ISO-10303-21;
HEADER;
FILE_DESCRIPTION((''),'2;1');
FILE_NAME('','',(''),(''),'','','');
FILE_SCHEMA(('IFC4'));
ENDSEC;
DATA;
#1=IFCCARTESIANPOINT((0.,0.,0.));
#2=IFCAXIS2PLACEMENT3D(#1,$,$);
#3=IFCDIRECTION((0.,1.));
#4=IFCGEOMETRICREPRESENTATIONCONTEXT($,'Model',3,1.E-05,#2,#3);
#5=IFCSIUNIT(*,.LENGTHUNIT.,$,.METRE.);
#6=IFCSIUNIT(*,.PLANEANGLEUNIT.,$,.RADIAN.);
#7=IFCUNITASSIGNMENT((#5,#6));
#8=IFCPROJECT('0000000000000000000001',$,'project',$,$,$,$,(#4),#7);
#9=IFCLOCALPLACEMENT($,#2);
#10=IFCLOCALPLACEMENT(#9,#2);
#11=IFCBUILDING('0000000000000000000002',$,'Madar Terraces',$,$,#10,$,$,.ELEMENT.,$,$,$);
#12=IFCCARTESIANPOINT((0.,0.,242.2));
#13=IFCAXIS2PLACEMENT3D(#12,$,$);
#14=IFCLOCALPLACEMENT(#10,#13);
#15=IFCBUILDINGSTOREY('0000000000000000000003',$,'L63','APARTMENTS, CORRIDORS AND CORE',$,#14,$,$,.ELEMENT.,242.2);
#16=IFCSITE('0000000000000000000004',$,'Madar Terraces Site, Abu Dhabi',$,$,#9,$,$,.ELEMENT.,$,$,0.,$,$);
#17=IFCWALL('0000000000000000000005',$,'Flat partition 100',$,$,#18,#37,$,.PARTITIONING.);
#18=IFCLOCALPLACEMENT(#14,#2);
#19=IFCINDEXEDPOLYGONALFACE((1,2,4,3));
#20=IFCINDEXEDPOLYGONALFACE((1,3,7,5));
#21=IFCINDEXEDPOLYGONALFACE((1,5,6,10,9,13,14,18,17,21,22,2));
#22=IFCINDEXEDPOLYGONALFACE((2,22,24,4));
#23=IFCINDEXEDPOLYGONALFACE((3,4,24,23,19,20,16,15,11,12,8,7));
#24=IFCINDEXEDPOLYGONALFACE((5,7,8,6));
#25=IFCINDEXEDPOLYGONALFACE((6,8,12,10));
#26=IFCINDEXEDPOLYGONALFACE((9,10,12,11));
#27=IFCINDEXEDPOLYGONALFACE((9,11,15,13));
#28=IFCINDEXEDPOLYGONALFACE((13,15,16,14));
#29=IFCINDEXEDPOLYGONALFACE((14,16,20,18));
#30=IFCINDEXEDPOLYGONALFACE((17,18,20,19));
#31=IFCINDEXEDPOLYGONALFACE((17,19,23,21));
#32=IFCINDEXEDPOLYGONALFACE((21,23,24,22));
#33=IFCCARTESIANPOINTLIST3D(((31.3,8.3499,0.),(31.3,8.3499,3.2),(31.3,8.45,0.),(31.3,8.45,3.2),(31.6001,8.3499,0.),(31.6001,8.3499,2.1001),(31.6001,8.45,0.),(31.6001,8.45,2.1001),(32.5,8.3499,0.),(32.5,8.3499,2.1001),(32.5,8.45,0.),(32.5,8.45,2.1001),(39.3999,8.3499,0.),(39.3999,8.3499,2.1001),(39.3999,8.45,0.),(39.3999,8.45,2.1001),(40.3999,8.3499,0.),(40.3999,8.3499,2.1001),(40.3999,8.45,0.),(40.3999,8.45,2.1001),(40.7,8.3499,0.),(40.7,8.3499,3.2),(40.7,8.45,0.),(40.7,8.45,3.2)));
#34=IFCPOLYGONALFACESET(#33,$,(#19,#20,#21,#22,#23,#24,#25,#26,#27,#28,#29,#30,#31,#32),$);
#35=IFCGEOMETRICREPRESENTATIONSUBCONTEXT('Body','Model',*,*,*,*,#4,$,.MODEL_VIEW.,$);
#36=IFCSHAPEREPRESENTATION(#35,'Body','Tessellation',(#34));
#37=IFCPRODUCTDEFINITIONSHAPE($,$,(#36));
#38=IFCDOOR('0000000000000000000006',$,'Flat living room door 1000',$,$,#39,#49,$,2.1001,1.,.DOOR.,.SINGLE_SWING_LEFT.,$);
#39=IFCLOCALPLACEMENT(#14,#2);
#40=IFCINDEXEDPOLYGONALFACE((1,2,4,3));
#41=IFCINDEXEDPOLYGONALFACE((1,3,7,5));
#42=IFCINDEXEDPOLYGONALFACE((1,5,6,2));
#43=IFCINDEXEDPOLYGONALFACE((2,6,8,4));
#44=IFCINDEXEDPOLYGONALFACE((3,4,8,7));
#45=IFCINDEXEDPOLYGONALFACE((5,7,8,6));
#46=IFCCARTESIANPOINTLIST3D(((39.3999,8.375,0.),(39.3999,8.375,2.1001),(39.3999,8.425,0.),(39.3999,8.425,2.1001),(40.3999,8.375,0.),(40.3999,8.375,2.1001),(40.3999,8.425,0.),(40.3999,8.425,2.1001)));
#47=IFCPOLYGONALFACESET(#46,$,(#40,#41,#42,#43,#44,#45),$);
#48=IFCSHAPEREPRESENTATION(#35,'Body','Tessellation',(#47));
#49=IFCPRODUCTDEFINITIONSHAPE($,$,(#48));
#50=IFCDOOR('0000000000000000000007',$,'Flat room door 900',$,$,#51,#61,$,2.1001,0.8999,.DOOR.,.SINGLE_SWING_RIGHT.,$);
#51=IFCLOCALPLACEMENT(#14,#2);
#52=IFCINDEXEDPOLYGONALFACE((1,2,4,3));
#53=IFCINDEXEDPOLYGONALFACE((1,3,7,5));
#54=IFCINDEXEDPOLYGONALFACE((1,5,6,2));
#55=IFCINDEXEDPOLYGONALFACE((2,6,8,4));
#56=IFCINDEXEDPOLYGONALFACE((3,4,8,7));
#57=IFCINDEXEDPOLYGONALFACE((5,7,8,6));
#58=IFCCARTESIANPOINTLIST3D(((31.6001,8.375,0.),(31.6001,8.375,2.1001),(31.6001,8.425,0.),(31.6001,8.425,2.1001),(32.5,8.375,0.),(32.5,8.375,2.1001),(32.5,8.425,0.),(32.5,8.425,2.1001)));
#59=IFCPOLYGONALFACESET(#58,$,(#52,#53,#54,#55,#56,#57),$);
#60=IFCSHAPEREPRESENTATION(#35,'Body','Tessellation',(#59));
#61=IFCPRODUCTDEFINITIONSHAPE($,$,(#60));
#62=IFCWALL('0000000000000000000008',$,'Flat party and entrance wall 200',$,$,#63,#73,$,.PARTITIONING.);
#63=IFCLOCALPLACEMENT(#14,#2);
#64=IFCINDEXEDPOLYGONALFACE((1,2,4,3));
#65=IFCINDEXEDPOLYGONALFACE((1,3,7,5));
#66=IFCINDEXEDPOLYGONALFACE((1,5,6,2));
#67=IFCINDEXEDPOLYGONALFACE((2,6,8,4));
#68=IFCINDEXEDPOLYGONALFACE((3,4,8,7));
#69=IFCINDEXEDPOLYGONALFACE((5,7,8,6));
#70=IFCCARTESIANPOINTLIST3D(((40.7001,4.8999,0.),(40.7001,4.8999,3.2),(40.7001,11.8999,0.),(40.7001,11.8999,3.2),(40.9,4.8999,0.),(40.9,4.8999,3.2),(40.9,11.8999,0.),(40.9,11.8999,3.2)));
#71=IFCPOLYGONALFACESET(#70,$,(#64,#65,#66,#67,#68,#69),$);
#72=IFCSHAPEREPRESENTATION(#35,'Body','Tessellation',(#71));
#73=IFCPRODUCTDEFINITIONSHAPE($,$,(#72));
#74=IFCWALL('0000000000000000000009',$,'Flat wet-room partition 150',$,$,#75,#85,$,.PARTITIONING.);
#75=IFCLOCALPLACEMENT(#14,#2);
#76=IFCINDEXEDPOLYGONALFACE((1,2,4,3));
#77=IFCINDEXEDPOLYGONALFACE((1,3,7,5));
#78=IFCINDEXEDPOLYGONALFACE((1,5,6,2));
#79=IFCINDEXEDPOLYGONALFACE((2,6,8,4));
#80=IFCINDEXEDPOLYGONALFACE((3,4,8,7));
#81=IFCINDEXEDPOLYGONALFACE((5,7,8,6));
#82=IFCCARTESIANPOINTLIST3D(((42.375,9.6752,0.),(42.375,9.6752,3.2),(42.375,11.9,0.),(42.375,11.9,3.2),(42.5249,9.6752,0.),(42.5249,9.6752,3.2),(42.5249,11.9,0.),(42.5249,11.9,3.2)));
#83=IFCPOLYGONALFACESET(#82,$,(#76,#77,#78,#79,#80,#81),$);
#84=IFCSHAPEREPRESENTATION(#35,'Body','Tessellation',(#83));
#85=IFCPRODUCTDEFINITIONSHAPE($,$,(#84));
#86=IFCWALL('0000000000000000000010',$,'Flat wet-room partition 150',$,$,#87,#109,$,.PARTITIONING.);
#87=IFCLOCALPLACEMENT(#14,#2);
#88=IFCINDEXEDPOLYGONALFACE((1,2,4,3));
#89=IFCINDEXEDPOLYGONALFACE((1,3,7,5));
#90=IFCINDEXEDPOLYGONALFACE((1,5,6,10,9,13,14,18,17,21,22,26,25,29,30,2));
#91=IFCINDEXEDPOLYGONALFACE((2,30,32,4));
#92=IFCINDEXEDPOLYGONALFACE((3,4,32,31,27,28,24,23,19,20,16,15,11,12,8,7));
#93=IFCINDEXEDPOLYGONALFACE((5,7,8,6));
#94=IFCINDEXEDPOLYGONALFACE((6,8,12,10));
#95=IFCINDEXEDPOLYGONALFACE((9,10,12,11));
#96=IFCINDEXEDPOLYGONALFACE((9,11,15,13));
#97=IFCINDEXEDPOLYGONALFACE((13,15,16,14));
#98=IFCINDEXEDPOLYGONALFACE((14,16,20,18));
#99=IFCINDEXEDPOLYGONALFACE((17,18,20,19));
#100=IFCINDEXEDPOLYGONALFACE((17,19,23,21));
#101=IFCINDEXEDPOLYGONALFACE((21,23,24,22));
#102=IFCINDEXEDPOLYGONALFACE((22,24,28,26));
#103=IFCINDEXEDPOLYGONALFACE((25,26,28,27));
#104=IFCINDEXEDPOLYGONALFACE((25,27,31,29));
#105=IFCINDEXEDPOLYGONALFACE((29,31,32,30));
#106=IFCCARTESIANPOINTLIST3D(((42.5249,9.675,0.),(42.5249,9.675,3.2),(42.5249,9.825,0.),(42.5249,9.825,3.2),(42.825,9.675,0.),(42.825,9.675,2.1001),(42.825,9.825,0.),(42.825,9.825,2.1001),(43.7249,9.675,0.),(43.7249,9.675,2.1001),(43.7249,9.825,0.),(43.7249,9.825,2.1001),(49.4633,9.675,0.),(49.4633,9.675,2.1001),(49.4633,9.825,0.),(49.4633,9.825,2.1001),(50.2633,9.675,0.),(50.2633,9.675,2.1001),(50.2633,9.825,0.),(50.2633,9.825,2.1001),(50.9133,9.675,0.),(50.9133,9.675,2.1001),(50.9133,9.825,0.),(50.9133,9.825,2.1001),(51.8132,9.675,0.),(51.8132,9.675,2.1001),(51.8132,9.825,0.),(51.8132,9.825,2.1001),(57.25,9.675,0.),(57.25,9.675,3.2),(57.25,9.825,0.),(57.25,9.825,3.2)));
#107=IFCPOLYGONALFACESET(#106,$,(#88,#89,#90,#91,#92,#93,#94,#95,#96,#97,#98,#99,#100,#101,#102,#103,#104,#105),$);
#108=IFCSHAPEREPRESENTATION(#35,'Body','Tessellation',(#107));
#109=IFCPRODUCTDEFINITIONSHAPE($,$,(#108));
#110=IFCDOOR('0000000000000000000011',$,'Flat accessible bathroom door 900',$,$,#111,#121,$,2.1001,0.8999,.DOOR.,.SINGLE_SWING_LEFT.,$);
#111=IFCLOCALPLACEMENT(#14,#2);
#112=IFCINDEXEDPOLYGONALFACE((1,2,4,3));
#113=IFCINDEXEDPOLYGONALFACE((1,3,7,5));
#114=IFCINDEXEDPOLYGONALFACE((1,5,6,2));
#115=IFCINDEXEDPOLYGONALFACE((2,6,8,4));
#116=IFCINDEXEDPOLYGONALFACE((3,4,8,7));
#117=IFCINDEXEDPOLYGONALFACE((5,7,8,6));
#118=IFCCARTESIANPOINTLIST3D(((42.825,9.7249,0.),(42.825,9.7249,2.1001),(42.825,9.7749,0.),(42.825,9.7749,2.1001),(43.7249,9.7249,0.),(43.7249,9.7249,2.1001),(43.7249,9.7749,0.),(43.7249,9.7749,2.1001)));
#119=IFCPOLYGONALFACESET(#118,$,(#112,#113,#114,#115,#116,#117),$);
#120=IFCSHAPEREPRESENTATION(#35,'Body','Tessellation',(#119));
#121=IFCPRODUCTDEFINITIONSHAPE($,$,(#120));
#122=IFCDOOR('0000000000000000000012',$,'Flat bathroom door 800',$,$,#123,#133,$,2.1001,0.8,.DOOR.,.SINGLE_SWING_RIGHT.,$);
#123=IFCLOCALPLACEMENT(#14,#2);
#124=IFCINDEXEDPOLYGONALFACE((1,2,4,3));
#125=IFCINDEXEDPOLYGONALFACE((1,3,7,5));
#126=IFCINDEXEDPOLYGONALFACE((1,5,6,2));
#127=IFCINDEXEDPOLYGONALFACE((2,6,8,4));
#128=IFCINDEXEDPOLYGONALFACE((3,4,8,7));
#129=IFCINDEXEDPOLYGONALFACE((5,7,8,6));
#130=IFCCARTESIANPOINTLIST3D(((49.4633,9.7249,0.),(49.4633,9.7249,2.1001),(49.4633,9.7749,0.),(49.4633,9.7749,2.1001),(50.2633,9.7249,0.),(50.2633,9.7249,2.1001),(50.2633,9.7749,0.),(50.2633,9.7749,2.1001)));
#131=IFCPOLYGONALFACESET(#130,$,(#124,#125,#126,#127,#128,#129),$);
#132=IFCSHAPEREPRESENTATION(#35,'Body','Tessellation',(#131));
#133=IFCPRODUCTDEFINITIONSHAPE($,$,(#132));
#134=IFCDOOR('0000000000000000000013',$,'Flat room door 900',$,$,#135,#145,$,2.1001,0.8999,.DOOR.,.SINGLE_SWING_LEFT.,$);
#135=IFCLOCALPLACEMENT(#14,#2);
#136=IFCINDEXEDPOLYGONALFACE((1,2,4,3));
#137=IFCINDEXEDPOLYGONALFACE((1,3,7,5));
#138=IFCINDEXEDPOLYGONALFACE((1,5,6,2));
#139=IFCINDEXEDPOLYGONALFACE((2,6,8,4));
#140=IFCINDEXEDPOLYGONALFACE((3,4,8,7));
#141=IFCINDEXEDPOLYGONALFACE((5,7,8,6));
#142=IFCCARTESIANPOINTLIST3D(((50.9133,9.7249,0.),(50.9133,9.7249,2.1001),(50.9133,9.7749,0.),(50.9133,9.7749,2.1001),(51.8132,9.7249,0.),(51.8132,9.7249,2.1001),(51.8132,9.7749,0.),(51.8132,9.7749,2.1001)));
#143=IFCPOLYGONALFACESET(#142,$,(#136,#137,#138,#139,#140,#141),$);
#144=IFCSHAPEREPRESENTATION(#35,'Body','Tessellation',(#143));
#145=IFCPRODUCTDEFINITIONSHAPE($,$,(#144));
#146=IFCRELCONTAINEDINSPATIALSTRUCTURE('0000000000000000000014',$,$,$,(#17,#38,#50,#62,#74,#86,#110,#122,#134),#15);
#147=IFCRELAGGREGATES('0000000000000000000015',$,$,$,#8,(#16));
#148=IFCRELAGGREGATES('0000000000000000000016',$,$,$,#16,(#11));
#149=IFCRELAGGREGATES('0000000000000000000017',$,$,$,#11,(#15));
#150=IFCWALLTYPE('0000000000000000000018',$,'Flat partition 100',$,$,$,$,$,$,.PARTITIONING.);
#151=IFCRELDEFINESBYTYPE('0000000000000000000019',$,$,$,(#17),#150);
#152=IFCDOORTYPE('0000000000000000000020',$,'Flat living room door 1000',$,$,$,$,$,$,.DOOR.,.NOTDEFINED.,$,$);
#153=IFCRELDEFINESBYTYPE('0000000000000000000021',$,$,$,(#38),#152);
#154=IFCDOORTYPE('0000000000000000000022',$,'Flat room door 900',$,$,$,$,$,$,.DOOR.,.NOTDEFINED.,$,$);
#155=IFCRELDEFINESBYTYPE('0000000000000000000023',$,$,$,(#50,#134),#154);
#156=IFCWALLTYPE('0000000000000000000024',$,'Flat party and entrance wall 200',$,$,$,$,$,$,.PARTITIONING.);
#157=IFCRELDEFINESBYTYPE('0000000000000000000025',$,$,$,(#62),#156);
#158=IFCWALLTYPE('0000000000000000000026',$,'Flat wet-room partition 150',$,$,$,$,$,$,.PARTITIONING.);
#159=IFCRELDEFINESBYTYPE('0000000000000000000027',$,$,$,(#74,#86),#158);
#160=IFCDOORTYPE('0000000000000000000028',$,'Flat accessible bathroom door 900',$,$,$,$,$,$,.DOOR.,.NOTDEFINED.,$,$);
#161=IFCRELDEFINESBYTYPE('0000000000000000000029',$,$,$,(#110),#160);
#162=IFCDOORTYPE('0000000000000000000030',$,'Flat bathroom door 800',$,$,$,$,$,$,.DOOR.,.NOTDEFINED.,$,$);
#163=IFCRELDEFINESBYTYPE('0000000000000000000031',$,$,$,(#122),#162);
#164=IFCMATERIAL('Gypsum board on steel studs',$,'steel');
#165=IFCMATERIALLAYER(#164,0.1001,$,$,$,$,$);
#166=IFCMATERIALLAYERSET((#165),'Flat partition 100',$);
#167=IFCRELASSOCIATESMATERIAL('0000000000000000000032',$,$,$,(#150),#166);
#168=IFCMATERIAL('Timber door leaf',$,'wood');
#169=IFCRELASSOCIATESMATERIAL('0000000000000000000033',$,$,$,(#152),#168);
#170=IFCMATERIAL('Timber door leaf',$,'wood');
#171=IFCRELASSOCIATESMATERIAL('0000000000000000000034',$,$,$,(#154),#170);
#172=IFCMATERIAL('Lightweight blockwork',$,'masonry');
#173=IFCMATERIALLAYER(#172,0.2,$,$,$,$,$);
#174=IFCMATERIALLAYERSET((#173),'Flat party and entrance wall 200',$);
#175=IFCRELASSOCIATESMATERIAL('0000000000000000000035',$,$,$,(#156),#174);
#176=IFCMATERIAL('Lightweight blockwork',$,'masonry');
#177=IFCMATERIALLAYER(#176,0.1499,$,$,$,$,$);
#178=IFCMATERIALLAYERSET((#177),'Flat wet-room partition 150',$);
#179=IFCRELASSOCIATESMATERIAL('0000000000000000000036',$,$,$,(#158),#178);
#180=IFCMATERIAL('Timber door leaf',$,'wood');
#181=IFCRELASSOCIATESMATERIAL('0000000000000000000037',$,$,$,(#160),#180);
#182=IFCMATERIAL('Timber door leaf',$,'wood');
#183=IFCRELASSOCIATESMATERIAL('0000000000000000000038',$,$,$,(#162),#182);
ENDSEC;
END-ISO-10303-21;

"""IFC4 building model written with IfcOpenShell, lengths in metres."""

from ifc_helpers import new_model, si_unit, direction, frame, frame_2d, origin, place, context, subcontext, project, spatial, rectangle, extrude, material, layer, layer_set, type_object, element, fill, save


model = new_model("IFC4")

# Units and contexts
model_context = context("Model", 3, precision=1e-05, world=origin(), true_north=direction((0.0, 1.0)))
body_context = subcontext(model_context, "Body", "Model", "MODEL_VIEW")
ifc_project = project(units=[si_unit("LENGTHUNIT", "METRE"), si_unit("PLANEANGLEUNIT", "RADIAN")], contexts=[model_context])

# Site, building, storey
site_placement = place(None, origin())
site = spatial("IfcSite", under=ifc_project, at=site_placement, Name="Madar Terraces Site, Abu Dhabi", CompositionType="ELEMENT", RefElevation=0.0)
building_placement = place(site_placement, origin())
building = spatial("IfcBuilding", under=site, at=building_placement, Name="Madar Terraces", CompositionType="ELEMENT")
storey_placement = place(building_placement, frame((0.0, 0.0, 242.2)))
storey = spatial("IfcBuildingStorey", under=building, at=storey_placement, Name="L63", Description="APARTMENTS, CORRIDORS AND CORE", CompositionType="ELEMENT", Elevation=242.2)

# Wall, openings, doors
ifc_material_1 = material(Name="Gypsum board on steel studs", Category="steel")
ifc_layer_1 = layer(ifc_material_1, 0.1001)
ifc_layer_set_1 = layer_set([ifc_layer_1], Name="Flat partition 100")
wall_type_1 = type_object("IfcWallType", Name="Flat partition 100", PredefinedType="PARTITIONING", material=ifc_layer_set_1)
wall_1_placement = place(storey_placement, frame((40.7, 8.3999, 0.0), z_axis=(0.0, 0.0, 1.0), x_axis=(-1.0, 0.0, 0.0)))
wall_1 = element("IfcWall", 1, at=wall_1_placement, inside=storey, type_object=wall_type_1, Name="Flat partition 100", PredefinedType="PARTITIONING", context=body_context, shape_type="SweptSolid", body=[
    extrude(rectangle(XDim=9.3999, YDim=0.1001, at=frame_2d((4.7, 0.0))), origin(), (0.0, 0.0, 1.0), 3.2),
])
opening_1_placement = place(wall_1_placement, frame((8.2, 0.0, 0.0)))
opening_1 = element("IfcOpeningElement", 2, at=opening_1_placement, cuts=wall_1, PredefinedType="OPENING", context=body_context, shape_type="SweptSolid", body=[
    extrude(rectangle(XDim=0.8999, YDim=2.1001, at=frame_2d((0.45, 1.05))), frame((0.0, 0.0601, 0.0), z_axis=(0.0, -1.0, 0.0), x_axis=(1.0, 0.0, 0.0)), (0.0, 0.0, 1.0), 0.1201),
])
opening_2_placement = place(wall_1_placement, frame((0.3, 0.0, 0.0)))
opening_2 = element("IfcOpeningElement", 3, at=opening_2_placement, cuts=wall_1, PredefinedType="OPENING", context=body_context, shape_type="SweptSolid", body=[
    extrude(rectangle(XDim=1.0, YDim=2.1001, at=frame_2d((0.5, 1.05))), frame((0.0, 0.0601, 0.0), z_axis=(0.0, -1.0, 0.0), x_axis=(1.0, 0.0, 0.0)), (0.0, 0.0, 1.0), 0.1201),
])
ifc_material_2 = material(Name="Timber door leaf", Category="wood")
door_type_1 = type_object("IfcDoorType", Name="Flat living room door 1000", OperationType="NOTDEFINED", PredefinedType="DOOR", material=ifc_material_2)
door_1_placement = place(opening_2_placement, origin())
door_1 = element("IfcDoor", 4, at=door_1_placement, inside=storey, type_object=door_type_1, Name="Flat living room door 1000", OperationType="SINGLE_SWING_LEFT", OverallHeight=2.1001, OverallWidth=1.0, PredefinedType="DOOR", context=body_context, shape_type="SweptSolid", body=[
    extrude(rectangle(XDim=1.0, YDim=2.1001, at=frame_2d((0.5, 1.05))), frame((0.0, 0.0249, 0.0), z_axis=(0.0, -1.0, 0.0), x_axis=(1.0, 0.0, 0.0)), (0.0, 0.0, 1.0), 0.05),
])
fill(opening_2, door_1)
ifc_material_3 = material(Name="Timber door leaf", Category="wood")
door_type_2 = type_object("IfcDoorType", Name="Flat room door 900", OperationType="NOTDEFINED", PredefinedType="DOOR", material=ifc_material_3)
door_2_placement = place(opening_1_placement, origin())
door_2 = element("IfcDoor", 5, at=door_2_placement, inside=storey, type_object=door_type_2, Name="Flat room door 900", OperationType="SINGLE_SWING_RIGHT", OverallHeight=2.1001, OverallWidth=0.8999, PredefinedType="DOOR", context=body_context, shape_type="SweptSolid", body=[
    extrude(rectangle(XDim=0.8999, YDim=2.1001, at=frame_2d((0.45, 1.05))), frame((0.0, 0.0249, 0.0), z_axis=(0.0, -1.0, 0.0), x_axis=(1.0, 0.0, 0.0)), (0.0, 0.0, 1.0), 0.05),
])
fill(opening_1, door_2)

# Walls
ifc_material_4 = material(Name="Lightweight blockwork", Category="masonry")
ifc_layer_2 = layer(ifc_material_4, 0.2)
ifc_layer_set_2 = layer_set([ifc_layer_2], Name="Flat party and entrance wall 200")
wall_type_2 = type_object("IfcWallType", Name="Flat party and entrance wall 200", PredefinedType="PARTITIONING", material=ifc_layer_set_2)
wall_2_placement = place(storey_placement, frame((40.8, 11.8999, 0.0), z_axis=(0.0, 0.0, 1.0), x_axis=(0.0, -1.0, 0.0)))
element("IfcWall", 6, at=wall_2_placement, inside=storey, type_object=wall_type_2, Name="Flat party and entrance wall 200", PredefinedType="PARTITIONING", context=body_context, shape_type="SweptSolid", body=[
    extrude(rectangle(XDim=7.0, YDim=0.2, at=frame_2d((3.5, 0.0))), origin(), (0.0, 0.0, 1.0), 3.2),
])
ifc_material_5 = material(Name="Lightweight blockwork", Category="masonry")
ifc_layer_3 = layer(ifc_material_5, 0.1499)
ifc_layer_set_3 = layer_set([ifc_layer_3], Name="Flat wet-room partition 150")
wall_type_3 = type_object("IfcWallType", Name="Flat wet-room partition 150", PredefinedType="PARTITIONING", material=ifc_layer_set_3)
wall_3_placement = place(storey_placement, frame((42.45, 11.8999, 0.0), z_axis=(0.0, 0.0, 1.0), x_axis=(0.0, -1.0, 0.0)))
element("IfcWall", 7, at=wall_3_placement, inside=storey, type_object=wall_type_3, Name="Flat wet-room partition 150", PredefinedType="PARTITIONING", context=body_context, shape_type="SweptSolid", body=[
    extrude(rectangle(XDim=2.2249, YDim=0.1499, at=frame_2d((1.1123, 0.0))), origin(), (0.0, 0.0, 1.0), 3.2),
])

# Wall, openings, doors
wall_4_placement = place(storey_placement, frame((42.5249, 9.75, 0.0), z_axis=(0.0, 0.0, 1.0), x_axis=(1.0, 0.0, 0.0)))
wall_4 = element("IfcWall", 8, at=wall_4_placement, inside=storey, type_object=wall_type_3, Name="Flat wet-room partition 150", PredefinedType="PARTITIONING", context=body_context, shape_type="SweptSolid", body=[
    extrude(rectangle(XDim=14.7251, YDim=0.1499, at=frame_2d((7.3625, 0.0))), origin(), (0.0, 0.0, 1.0), 3.2),
])
opening_3_placement = place(wall_4_placement, frame((0.3, 0.0, 0.0)))
opening_3 = element("IfcOpeningElement", 9, at=opening_3_placement, cuts=wall_4, PredefinedType="OPENING", context=body_context, shape_type="SweptSolid", body=[
    extrude(rectangle(XDim=0.8999, YDim=2.1001, at=frame_2d((0.45, 1.05))), frame((0.0, 0.085, 0.0), z_axis=(0.0, -1.0, 0.0), x_axis=(1.0, 0.0, 0.0)), (0.0, 0.0, 1.0), 0.1699),
])
opening_4_placement = place(wall_4_placement, frame((6.9385, 0.0, 0.0)))
opening_4 = element("IfcOpeningElement", 10, at=opening_4_placement, cuts=wall_4, PredefinedType="OPENING", context=body_context, shape_type="SweptSolid", body=[
    extrude(rectangle(XDim=0.8, YDim=2.1001, at=frame_2d((0.3999, 1.05))), frame((0.0, 0.085, 0.0), z_axis=(0.0, -1.0, 0.0), x_axis=(1.0, 0.0, 0.0)), (0.0, 0.0, 1.0), 0.1699),
])
opening_5_placement = place(wall_4_placement, frame((8.3884, 0.0, 0.0)))
opening_5 = element("IfcOpeningElement", 11, at=opening_5_placement, cuts=wall_4, PredefinedType="OPENING", context=body_context, shape_type="SweptSolid", body=[
    extrude(rectangle(XDim=0.8999, YDim=2.1001, at=frame_2d((0.45, 1.05))), frame((0.0, 0.085, 0.0), z_axis=(0.0, -1.0, 0.0), x_axis=(1.0, 0.0, 0.0)), (0.0, 0.0, 1.0), 0.1699),
])
ifc_material_6 = material(Name="Timber door leaf", Category="wood")
door_type_3 = type_object("IfcDoorType", Name="Flat accessible bathroom door 900", OperationType="NOTDEFINED", PredefinedType="DOOR", material=ifc_material_6)
door_3_placement = place(opening_3_placement, origin())
door_3 = element("IfcDoor", 12, at=door_3_placement, inside=storey, type_object=door_type_3, Name="Flat accessible bathroom door 900", OperationType="SINGLE_SWING_LEFT", OverallHeight=2.1001, OverallWidth=0.8999, PredefinedType="DOOR", context=body_context, shape_type="SweptSolid", body=[
    extrude(rectangle(XDim=0.8999, YDim=2.1001, at=frame_2d((0.45, 1.05))), frame((0.0, 0.0249, 0.0), z_axis=(0.0, -1.0, 0.0), x_axis=(1.0, 0.0, 0.0)), (0.0, 0.0, 1.0), 0.05),
])
fill(opening_3, door_3)
ifc_material_7 = material(Name="Timber door leaf", Category="wood")
door_type_4 = type_object("IfcDoorType", Name="Flat bathroom door 800", OperationType="NOTDEFINED", PredefinedType="DOOR", material=ifc_material_7)
door_4_placement = place(opening_4_placement, origin())
door_4 = element("IfcDoor", 13, at=door_4_placement, inside=storey, type_object=door_type_4, Name="Flat bathroom door 800", OperationType="SINGLE_SWING_RIGHT", OverallHeight=2.1001, OverallWidth=0.8, PredefinedType="DOOR", context=body_context, shape_type="SweptSolid", body=[
    extrude(rectangle(XDim=0.8, YDim=2.1001, at=frame_2d((0.3999, 1.05))), frame((0.0, 0.0249, 0.0), z_axis=(0.0, -1.0, 0.0), x_axis=(1.0, 0.0, 0.0)), (0.0, 0.0, 1.0), 0.05),
])
fill(opening_4, door_4)
door_5_placement = place(opening_5_placement, origin())
door_5 = element("IfcDoor", 14, at=door_5_placement, inside=storey, type_object=door_type_2, Name="Flat room door 900", OperationType="SINGLE_SWING_LEFT", OverallHeight=2.1001, OverallWidth=0.8999, PredefinedType="DOOR", context=body_context, shape_type="SweptSolid", body=[
    extrude(rectangle(XDim=0.8999, YDim=2.1001, at=frame_2d((0.45, 1.05))), frame((0.0, 0.0249, 0.0), z_axis=(0.0, -1.0, 0.0), x_axis=(1.0, 0.0, 0.0)), (0.0, 0.0, 1.0), 0.05),
])
fill(opening_5, door_5)

save(model, "model.ifc")
